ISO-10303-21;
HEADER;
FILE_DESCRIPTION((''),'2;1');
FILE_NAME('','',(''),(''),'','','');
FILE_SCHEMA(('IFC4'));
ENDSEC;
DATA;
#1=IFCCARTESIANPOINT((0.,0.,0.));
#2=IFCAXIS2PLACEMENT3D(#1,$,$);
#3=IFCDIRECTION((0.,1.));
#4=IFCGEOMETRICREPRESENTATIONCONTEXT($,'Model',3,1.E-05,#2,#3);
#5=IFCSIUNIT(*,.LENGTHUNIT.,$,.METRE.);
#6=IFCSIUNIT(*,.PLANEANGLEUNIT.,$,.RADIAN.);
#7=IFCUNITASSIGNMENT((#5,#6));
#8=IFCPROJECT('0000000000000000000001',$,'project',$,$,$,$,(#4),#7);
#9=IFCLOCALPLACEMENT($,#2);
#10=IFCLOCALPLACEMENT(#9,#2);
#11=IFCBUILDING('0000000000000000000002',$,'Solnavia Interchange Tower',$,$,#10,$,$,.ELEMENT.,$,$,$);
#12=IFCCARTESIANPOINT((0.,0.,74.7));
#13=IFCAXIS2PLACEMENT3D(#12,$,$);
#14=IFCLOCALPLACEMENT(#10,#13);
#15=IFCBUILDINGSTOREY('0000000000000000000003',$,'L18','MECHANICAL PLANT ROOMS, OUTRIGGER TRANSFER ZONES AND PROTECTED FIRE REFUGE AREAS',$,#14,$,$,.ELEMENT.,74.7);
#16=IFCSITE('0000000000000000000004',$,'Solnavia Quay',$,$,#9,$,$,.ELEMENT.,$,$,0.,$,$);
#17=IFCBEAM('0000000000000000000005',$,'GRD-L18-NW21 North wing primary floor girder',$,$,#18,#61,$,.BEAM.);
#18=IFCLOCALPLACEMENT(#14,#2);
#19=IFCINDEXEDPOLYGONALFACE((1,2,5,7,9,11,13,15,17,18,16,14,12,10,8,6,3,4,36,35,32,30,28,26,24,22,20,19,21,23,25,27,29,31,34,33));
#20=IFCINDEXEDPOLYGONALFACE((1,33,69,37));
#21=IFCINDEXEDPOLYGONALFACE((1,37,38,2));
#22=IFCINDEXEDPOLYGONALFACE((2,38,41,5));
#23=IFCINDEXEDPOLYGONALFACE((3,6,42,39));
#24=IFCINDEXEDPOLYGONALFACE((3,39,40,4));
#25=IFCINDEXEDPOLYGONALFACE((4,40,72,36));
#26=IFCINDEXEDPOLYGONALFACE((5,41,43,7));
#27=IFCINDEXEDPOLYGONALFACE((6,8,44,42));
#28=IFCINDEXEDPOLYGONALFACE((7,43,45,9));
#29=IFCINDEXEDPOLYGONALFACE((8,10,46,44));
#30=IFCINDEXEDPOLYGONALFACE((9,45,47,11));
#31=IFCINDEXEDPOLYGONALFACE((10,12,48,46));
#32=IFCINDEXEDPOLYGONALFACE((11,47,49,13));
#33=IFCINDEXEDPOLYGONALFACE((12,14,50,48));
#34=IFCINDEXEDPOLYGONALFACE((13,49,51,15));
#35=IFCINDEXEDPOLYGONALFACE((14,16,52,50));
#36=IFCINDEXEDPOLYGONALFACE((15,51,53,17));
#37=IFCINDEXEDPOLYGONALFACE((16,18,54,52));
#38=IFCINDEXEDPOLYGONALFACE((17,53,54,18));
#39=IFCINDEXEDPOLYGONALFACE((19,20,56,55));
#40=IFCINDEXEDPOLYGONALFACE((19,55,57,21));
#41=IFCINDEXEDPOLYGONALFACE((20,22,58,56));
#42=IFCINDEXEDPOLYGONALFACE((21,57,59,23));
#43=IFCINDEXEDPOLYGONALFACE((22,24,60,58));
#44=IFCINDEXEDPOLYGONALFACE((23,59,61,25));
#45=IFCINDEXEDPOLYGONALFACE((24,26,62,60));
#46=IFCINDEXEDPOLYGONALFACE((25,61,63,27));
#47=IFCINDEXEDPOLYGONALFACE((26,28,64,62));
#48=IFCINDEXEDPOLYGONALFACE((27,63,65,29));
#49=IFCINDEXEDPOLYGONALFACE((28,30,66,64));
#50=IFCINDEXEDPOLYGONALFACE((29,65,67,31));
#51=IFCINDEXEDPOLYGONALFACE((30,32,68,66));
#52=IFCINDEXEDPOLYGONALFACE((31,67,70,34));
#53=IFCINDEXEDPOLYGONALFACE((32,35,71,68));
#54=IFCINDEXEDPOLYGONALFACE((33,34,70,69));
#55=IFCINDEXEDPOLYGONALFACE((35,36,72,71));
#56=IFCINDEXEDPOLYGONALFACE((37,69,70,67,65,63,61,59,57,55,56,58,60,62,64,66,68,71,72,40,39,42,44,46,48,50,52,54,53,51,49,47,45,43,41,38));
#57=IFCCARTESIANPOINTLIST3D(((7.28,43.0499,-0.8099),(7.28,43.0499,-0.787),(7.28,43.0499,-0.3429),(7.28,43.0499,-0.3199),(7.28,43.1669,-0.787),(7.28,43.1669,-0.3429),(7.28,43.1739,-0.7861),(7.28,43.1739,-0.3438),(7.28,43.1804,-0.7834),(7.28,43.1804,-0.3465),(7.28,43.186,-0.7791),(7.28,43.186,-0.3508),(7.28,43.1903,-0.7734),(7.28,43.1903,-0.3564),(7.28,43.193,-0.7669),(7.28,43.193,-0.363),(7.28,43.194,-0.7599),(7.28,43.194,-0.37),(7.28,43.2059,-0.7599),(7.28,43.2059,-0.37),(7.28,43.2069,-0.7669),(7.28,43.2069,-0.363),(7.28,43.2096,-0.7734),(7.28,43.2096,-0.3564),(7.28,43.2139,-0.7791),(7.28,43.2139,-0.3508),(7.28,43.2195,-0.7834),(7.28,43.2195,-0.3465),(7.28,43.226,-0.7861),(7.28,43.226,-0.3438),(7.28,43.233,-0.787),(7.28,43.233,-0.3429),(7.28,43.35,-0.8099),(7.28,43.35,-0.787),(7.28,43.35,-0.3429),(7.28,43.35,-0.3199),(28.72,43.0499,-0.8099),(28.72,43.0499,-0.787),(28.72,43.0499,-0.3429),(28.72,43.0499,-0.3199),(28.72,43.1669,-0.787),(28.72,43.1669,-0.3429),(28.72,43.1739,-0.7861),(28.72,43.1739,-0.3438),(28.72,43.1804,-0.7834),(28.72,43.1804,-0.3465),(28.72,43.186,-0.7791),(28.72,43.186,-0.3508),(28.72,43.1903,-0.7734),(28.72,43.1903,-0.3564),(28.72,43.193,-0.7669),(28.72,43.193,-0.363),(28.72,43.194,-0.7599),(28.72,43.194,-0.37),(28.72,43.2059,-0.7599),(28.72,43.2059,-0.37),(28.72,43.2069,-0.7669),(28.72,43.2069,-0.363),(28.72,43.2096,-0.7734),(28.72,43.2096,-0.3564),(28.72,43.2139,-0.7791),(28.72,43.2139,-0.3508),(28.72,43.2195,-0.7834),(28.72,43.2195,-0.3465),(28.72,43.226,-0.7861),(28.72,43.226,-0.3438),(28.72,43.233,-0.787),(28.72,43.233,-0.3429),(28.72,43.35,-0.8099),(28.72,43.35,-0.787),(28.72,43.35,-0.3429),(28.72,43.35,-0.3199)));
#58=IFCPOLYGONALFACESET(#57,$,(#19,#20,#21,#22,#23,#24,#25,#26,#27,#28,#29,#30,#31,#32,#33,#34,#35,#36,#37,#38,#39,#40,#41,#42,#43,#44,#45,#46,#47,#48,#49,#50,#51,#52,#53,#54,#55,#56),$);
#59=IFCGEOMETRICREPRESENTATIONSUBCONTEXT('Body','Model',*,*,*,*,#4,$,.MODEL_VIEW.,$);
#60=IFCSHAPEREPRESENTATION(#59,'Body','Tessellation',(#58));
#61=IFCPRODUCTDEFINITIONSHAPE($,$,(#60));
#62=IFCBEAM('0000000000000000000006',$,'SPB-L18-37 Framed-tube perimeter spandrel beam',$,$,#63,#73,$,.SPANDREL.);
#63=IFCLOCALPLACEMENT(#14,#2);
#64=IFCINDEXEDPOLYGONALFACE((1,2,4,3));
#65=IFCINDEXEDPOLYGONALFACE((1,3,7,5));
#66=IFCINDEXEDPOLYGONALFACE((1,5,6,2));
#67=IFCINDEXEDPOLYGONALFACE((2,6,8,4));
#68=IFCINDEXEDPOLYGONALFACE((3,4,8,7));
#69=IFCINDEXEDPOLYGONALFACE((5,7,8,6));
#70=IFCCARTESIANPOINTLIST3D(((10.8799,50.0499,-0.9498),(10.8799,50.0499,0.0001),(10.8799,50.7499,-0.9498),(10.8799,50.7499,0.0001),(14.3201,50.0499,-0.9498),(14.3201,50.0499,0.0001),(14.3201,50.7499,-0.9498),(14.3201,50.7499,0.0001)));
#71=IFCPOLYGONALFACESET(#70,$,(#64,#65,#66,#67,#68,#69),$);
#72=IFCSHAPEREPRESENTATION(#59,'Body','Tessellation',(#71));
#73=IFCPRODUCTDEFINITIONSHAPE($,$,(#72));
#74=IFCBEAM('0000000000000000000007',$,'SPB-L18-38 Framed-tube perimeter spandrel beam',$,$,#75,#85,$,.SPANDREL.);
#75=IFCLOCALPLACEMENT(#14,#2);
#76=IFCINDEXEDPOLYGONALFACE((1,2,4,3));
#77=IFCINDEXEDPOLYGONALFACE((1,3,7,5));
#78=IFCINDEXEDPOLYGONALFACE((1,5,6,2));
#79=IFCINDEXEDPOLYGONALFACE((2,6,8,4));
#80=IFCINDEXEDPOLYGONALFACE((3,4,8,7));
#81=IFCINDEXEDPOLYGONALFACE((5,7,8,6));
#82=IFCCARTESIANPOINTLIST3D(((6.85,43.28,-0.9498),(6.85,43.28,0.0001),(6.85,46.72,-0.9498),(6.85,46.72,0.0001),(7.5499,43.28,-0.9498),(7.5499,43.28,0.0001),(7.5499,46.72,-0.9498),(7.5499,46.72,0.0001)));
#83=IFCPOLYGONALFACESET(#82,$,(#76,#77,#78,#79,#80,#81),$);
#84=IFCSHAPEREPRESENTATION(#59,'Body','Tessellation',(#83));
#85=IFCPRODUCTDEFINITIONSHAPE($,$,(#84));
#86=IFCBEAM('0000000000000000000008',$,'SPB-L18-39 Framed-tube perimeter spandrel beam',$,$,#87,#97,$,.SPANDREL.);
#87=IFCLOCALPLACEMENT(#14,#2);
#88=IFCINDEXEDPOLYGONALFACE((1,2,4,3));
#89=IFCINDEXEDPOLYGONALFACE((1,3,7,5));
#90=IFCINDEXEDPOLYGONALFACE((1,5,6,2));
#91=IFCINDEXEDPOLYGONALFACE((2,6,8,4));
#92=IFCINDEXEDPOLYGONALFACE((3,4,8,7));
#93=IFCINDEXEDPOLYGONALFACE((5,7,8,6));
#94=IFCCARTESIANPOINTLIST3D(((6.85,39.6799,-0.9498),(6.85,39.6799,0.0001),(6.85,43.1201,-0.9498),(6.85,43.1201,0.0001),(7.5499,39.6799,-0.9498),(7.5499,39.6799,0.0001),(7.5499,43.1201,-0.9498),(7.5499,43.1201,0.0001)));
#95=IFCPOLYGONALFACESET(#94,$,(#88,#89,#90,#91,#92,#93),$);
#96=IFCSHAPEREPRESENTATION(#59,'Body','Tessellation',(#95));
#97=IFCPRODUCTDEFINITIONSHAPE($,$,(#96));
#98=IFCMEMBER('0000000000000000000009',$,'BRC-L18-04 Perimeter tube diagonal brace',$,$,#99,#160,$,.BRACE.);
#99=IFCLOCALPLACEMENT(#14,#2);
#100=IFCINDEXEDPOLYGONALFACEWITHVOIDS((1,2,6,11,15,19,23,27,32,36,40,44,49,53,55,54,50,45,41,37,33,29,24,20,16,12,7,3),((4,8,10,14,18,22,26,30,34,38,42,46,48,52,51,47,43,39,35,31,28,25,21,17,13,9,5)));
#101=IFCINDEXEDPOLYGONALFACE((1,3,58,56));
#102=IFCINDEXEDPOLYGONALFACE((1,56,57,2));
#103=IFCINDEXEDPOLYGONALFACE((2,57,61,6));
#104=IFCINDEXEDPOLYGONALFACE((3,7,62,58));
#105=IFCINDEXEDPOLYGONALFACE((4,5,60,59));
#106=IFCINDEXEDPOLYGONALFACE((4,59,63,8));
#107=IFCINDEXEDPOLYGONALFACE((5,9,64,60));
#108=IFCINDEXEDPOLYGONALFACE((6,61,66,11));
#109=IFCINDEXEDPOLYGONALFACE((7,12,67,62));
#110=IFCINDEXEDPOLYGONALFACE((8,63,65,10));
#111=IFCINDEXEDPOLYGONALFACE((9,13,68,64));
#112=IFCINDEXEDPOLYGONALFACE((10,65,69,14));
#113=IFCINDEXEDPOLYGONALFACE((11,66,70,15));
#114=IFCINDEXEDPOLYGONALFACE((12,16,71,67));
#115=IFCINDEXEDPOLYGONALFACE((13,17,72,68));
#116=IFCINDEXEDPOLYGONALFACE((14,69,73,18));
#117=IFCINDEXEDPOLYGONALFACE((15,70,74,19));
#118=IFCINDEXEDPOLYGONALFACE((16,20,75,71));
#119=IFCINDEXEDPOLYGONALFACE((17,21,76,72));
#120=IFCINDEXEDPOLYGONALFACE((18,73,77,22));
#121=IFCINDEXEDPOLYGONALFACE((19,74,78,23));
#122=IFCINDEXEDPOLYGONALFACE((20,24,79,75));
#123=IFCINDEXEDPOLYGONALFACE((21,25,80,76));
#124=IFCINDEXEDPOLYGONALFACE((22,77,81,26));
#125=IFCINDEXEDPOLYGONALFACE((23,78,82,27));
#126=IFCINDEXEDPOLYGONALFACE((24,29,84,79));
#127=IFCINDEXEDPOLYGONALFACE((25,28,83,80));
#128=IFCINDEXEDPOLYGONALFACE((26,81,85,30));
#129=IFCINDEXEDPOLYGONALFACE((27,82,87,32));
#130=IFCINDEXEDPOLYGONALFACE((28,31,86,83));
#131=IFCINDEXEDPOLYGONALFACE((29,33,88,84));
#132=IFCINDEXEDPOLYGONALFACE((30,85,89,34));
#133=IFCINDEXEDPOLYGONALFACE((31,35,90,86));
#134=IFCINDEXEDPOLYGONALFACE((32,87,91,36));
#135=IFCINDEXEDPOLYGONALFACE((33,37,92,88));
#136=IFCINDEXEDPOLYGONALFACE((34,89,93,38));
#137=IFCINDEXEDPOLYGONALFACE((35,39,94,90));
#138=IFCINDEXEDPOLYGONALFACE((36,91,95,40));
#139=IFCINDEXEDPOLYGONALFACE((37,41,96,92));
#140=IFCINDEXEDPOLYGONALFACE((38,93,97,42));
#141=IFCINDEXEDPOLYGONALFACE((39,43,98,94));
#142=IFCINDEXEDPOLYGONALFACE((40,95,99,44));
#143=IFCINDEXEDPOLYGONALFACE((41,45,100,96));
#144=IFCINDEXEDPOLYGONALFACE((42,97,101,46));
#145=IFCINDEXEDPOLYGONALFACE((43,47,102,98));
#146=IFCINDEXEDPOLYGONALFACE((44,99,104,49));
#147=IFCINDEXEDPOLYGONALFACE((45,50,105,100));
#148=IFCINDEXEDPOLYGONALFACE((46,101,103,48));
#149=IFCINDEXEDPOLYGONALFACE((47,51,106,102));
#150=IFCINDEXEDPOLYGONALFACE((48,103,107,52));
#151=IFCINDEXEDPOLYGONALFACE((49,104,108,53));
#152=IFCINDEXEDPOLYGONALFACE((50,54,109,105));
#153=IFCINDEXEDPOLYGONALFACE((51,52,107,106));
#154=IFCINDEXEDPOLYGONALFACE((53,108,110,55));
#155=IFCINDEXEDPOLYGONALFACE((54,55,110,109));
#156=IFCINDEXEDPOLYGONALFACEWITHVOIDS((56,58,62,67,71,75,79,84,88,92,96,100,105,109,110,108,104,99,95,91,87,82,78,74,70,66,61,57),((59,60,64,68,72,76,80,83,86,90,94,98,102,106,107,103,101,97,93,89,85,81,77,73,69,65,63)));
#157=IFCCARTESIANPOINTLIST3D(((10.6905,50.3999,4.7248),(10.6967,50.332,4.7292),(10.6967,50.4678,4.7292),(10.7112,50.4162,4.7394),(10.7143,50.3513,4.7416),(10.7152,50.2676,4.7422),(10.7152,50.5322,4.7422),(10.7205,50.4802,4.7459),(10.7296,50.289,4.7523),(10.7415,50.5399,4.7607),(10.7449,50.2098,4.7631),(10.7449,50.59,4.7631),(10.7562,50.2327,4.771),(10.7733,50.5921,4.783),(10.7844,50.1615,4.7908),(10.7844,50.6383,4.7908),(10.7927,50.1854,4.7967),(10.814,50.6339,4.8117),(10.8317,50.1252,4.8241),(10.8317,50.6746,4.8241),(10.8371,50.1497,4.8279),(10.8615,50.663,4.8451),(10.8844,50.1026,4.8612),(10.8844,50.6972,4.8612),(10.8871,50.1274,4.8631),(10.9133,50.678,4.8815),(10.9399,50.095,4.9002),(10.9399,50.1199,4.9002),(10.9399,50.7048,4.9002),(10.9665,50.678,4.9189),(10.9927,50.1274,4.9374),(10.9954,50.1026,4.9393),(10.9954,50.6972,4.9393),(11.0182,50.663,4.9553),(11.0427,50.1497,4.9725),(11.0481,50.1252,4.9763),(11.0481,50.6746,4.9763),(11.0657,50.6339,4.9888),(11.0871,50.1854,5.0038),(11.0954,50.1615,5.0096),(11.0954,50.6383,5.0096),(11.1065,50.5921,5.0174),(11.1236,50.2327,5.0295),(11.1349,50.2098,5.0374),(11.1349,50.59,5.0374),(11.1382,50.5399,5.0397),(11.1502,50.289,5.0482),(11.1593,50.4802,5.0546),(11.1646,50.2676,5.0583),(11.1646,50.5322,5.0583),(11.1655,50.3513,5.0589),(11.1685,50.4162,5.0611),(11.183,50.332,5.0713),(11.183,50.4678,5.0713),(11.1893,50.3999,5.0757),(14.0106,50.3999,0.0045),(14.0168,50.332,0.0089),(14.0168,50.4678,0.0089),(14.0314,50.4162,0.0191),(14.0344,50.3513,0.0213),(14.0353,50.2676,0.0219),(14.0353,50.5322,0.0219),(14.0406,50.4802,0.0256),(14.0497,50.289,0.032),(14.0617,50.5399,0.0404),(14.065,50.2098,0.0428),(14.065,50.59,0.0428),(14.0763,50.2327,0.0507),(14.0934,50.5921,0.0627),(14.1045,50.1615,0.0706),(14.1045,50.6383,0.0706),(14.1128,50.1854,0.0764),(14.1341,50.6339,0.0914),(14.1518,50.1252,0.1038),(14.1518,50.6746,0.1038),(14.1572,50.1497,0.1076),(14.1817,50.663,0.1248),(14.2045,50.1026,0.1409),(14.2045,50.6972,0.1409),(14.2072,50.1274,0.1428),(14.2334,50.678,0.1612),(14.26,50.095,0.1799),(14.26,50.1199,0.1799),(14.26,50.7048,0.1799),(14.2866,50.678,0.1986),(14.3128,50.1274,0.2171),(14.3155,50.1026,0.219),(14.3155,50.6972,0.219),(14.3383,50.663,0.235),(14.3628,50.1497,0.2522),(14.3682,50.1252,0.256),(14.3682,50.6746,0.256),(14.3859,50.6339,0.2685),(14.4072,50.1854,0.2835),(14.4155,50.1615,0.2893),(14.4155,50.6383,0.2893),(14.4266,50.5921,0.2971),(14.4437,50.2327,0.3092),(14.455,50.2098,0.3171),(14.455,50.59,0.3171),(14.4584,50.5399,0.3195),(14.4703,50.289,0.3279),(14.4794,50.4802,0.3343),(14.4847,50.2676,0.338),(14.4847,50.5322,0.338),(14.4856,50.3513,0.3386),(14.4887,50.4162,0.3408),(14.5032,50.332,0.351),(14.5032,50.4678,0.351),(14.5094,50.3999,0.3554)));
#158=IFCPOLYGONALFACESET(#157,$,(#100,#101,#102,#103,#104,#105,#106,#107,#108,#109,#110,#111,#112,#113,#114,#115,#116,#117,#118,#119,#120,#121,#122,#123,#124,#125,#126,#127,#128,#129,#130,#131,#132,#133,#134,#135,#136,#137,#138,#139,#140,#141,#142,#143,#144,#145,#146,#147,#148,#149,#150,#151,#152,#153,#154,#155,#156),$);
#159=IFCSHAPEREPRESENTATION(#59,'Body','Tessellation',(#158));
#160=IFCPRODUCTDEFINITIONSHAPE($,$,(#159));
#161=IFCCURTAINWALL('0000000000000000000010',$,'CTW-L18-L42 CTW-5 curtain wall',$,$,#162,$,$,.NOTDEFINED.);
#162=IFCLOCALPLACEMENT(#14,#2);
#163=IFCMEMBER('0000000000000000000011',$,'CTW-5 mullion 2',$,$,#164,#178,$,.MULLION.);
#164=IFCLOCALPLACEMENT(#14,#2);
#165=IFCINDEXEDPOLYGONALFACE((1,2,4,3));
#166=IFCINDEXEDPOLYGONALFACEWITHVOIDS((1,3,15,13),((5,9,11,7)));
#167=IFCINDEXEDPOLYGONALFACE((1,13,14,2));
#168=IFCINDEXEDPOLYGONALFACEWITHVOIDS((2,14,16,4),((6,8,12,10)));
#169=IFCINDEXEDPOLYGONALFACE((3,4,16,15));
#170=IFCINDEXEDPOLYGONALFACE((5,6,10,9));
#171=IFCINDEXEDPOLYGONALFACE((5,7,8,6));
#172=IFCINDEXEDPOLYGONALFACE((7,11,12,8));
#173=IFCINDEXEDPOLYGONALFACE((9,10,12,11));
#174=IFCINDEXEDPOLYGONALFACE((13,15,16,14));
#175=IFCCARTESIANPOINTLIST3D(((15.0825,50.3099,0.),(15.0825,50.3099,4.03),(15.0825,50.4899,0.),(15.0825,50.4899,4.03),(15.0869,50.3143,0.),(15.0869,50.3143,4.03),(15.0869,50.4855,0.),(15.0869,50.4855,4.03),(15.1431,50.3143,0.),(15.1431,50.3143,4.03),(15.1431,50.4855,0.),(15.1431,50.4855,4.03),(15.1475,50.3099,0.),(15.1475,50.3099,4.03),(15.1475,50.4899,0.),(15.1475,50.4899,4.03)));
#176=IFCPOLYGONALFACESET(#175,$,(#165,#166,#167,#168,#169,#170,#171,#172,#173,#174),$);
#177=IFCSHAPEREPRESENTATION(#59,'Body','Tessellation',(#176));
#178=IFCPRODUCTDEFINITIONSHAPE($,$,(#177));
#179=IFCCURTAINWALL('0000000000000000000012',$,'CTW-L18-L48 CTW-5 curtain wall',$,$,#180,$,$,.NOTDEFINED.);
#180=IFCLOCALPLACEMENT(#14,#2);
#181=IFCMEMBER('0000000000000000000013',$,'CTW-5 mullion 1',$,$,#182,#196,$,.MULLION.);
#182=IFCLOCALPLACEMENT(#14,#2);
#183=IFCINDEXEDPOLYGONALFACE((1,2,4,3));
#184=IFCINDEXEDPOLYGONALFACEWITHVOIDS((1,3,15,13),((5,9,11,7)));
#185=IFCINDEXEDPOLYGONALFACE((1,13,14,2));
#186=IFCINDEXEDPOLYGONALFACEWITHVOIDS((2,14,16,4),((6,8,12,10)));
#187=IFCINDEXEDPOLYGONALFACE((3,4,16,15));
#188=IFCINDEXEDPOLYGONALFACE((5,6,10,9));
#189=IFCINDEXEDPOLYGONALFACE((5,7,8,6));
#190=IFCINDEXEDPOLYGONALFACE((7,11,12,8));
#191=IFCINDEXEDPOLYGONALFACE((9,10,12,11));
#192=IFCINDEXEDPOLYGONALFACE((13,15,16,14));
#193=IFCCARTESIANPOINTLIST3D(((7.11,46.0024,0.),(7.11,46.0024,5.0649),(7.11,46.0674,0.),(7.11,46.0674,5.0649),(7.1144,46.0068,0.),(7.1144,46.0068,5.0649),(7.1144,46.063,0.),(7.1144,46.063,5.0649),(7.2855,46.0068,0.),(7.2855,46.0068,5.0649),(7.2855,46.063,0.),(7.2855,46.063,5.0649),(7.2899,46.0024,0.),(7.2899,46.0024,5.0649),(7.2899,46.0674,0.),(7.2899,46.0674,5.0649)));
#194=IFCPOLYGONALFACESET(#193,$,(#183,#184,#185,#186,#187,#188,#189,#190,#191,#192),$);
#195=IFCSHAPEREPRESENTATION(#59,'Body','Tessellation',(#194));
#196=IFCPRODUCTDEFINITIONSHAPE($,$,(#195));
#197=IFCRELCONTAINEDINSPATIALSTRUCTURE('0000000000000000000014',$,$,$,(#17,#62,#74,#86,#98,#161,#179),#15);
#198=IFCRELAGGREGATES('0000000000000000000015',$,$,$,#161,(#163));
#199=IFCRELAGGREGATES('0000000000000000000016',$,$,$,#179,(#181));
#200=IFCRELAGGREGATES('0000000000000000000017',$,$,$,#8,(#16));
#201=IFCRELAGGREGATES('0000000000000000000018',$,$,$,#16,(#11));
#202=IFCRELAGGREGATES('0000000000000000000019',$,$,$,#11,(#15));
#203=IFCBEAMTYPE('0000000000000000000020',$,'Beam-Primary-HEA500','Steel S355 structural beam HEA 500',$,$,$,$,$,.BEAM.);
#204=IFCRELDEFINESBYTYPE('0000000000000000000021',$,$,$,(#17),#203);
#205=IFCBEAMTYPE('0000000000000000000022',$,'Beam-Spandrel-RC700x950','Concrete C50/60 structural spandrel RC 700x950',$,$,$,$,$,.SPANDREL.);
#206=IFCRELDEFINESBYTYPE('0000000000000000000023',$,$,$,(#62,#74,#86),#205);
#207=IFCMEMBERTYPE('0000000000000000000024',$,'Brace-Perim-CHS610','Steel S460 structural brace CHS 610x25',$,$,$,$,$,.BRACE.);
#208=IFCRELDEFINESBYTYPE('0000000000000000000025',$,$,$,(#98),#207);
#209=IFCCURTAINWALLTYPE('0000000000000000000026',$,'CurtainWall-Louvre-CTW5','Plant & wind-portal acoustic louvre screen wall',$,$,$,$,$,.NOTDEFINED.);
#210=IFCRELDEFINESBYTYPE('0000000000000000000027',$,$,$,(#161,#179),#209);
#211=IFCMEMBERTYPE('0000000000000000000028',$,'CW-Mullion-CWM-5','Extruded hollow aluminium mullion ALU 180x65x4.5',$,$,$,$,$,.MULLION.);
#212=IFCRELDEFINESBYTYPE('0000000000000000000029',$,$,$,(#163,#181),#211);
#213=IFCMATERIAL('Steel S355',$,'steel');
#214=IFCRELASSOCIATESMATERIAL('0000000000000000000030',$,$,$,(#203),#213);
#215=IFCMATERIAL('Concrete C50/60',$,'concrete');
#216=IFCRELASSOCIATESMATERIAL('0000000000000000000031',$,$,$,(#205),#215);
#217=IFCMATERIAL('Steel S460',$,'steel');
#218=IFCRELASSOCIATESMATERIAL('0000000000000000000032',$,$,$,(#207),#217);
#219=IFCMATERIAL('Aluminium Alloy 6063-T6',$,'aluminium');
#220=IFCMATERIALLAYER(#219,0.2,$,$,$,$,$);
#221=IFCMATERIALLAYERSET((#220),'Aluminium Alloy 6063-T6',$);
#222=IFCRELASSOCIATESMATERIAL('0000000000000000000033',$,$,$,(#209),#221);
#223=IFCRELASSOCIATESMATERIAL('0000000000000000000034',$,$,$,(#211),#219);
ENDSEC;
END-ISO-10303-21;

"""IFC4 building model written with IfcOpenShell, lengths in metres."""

from ifc_helpers import new_model, si_unit, direction, frame, origin, origin_2d, place, context, subcontext, project, spatial, rectangle, hollow_rectangle, hollow_circle, i_section, extrude, material, layer, layer_set, material_profile, profile_set, type_object, element, aggregate, save


model = new_model("IFC4")

# Units and contexts
model_context = context("Model", 3, precision=1e-05, world=origin(), true_north=direction((0.0, 1.0)))
body_context = subcontext(model_context, "Body", "Model", "MODEL_VIEW")
ifc_project = project(units=[si_unit("LENGTHUNIT", "METRE"), si_unit("PLANEANGLEUNIT", "RADIAN")], contexts=[model_context])

# Site, building, storey
site_placement = place(None, origin())
site = spatial("IfcSite", under=ifc_project, at=site_placement, Name="Solnavia Quay", CompositionType="ELEMENT", RefElevation=0.0)
building_placement = place(site_placement, origin())
building = spatial("IfcBuilding", under=site, at=building_placement, Name="Solnavia Interchange Tower", CompositionType="ELEMENT")
storey_placement = place(building_placement, frame((0.0, 0.0, 74.7)))
storey = spatial("IfcBuildingStorey", under=building, at=storey_placement, Name="L18", Description="MECHANICAL PLANT ROOMS, OUTRIGGER TRANSFER ZONES AND PROTECTED FIRE REFUGE AREAS", CompositionType="ELEMENT", Elevation=74.7)

# Beams
ifc_material_1 = material(Name="Steel S355", Category="steel")
ifc_material_profile_1 = material_profile(ifc_material_1, i_section(OverallWidth=0.3, OverallDepth=0.49, WebThickness=0.012, FlangeThickness=0.0229, FilletRadius=0.0271, at=origin_2d()), Name="HEA 500")
ifc_profile_set_1 = profile_set([ifc_material_profile_1], Name="Steel S355")
beam_type_1 = type_object("IfcBeamType", Name="Beam-Primary-HEA500", Description="Steel S355 structural beam HEA 500", PredefinedType="BEAM", material=ifc_profile_set_1)
beam_1_placement = place(storey_placement, frame((7.28, 43.2, -0.5649), z_axis=(1.0, 0.0, 0.0), x_axis=(0.0, 1.0, 0.0)))
element("IfcBeam", 1, at=beam_1_placement, inside=storey, type_object=beam_type_1, Name="GRD-L18-NW21 North wing primary floor girder", PredefinedType="BEAM", context=body_context, shape_type="SweptSolid", body=[
    extrude(i_section(OverallWidth=0.3, OverallDepth=0.49, WebThickness=0.012, FlangeThickness=0.0229, FilletRadius=0.0271, at=origin_2d()), origin(), (0.0, 0.0, 1.0), 21.4399),
])
ifc_material_2 = material(Name="Concrete C50/60", Category="concrete")
ifc_material_profile_2 = material_profile(ifc_material_2, rectangle(XDim=0.7, YDim=0.95, at=origin_2d()), Name="RC 700x950")
ifc_profile_set_2 = profile_set([ifc_material_profile_2], Name="Concrete C50/60")
beam_type_2 = type_object("IfcBeamType", Name="Beam-Spandrel-RC700x950", Description="Concrete C50/60 structural spandrel RC 700x950", PredefinedType="SPANDREL", material=ifc_profile_set_2)
beam_2_placement = place(storey_placement, frame((14.3201, 50.3999, -0.4749), z_axis=(-1.0, 0.0, 0.0), x_axis=(0.0, -1.0, 0.0)))
element("IfcBeam", 2, at=beam_2_placement, inside=storey, type_object=beam_type_2, Name="SPB-L18-37 Framed-tube perimeter spandrel beam", PredefinedType="SPANDREL", context=body_context, shape_type="SweptSolid", body=[
    extrude(rectangle(XDim=0.7, YDim=0.95, at=origin_2d()), origin(), (0.0, 0.0, 1.0), 3.4402),
])
beam_3_placement = place(storey_placement, frame((7.2, 46.72, -0.4749), z_axis=(0.0, -1.0, 0.0), x_axis=(1.0, 0.0, 0.0)))
element("IfcBeam", 3, at=beam_3_placement, inside=storey, type_object=beam_type_2, Name="SPB-L18-38 Framed-tube perimeter spandrel beam", PredefinedType="SPANDREL", context=body_context, shape_type="SweptSolid", body=[
    extrude(rectangle(XDim=0.7, YDim=0.95, at=origin_2d()), origin(), (0.0, 0.0, 1.0), 3.4399),
])
beam_4_placement = place(storey_placement, frame((7.2, 43.1201, -0.4749), z_axis=(0.0, -1.0, 0.0), x_axis=(1.0, 0.0, 0.0)))
element("IfcBeam", 4, at=beam_4_placement, inside=storey, type_object=beam_type_2, Name="SPB-L18-39 Framed-tube perimeter spandrel beam", PredefinedType="SPANDREL", context=body_context, shape_type="SweptSolid", body=[
    extrude(rectangle(XDim=0.7, YDim=0.95, at=origin_2d()), origin(), (0.0, 0.0, 1.0), 3.4402),
])

# Member
ifc_material_3 = material(Name="Steel S460", Category="steel")
ifc_material_profile_3 = material_profile(ifc_material_3, hollow_circle(Radius=0.3049, WallThickness=0.0249, at=origin_2d()), Name="CHS 610x25")
ifc_profile_set_3 = profile_set([ifc_material_profile_3], Name="Steel S460")
member_type_1 = type_object("IfcMemberType", Name="Brace-Perim-CHS610", Description="Steel S460 structural brace CHS 610x25", PredefinedType="BRACE", material=ifc_profile_set_3)
member_1_placement = place(storey_placement, frame((14.26, 50.3999, 0.1799), z_axis=(-0.575312, 0.0, 0.817934), x_axis=(0.0, -1.0, 0.0)))
element("IfcMember", 5, at=member_1_placement, inside=storey, type_object=member_type_1, Name="BRC-L18-04 Perimeter tube diagonal brace", PredefinedType="BRACE", context=body_context, shape_type="SweptSolid", body=[
    extrude(hollow_circle(Radius=0.3049, WallThickness=0.0249, at=origin_2d()), origin(), (0.0, 0.0, 1.0), 5.771),
])

# Curtain wall, member
ifc_material_4 = material(Name="Aluminium Alloy 6063-T6", Category="aluminium")
ifc_layer_1 = layer(ifc_material_4, 0.2)
ifc_layer_set_1 = layer_set([ifc_layer_1], Name="Aluminium Alloy 6063-T6")
curtain_wall_type = type_object("IfcCurtainWallType", Name="CurtainWall-Louvre-CTW5", Description="Plant & wind-portal acoustic louvre screen wall", PredefinedType="NOTDEFINED", material=ifc_layer_set_1)
curtain_wall_1_placement = place(storey_placement, origin())
curtain_wall_1 = element("IfcCurtainWall", 6, at=curtain_wall_1_placement, inside=storey, type_object=curtain_wall_type, Name="CTW-L18-L42 CTW-5 curtain wall", PredefinedType="NOTDEFINED")
ifc_material_profile_4 = material_profile(ifc_material_4, hollow_rectangle(XDim=0.0649, YDim=0.1799, WallThickness=0.0044, at=origin_2d()), Name="ALU 180x65x4.5")
ifc_profile_set_4 = profile_set([ifc_material_profile_4], Name="Aluminium Alloy 6063-T6")
member_type_2 = type_object("IfcMemberType", Name="CW-Mullion-CWM-5", Description="Extruded hollow aluminium mullion ALU 180x65x4.5", PredefinedType="MULLION", material=ifc_profile_set_4)
member_2_placement = place(storey_placement, frame((15.115, 50.3999, 0.0), z_axis=(0.0, 0.0, 1.0), x_axis=(-1.0, 0.0, 0.0)))
member_2 = element("IfcMember", 7, at=member_2_placement, type_object=member_type_2, Name="CTW-5 mullion 2", PredefinedType="MULLION", context=body_context, shape_type="SweptSolid", body=[
    extrude(hollow_rectangle(XDim=0.0649, YDim=0.1799, WallThickness=0.0044, at=origin_2d()), origin(), (0.0, 0.0, 1.0), 4.03),
])

# Curtain wall, member
curtain_wall_2_placement = place(storey_placement, origin())
curtain_wall_2 = element("IfcCurtainWall", 8, at=curtain_wall_2_placement, inside=storey, type_object=curtain_wall_type, Name="CTW-L18-L48 CTW-5 curtain wall", PredefinedType="NOTDEFINED")
member_3_placement = place(storey_placement, frame((7.2, 46.0349, 0.0), z_axis=(0.0, 0.0, 1.0), x_axis=(0.0, -1.0, 0.0)))
member_3 = element("IfcMember", 9, at=member_3_placement, type_object=member_type_2, Name="CTW-5 mullion 1", PredefinedType="MULLION", context=body_context, shape_type="SweptSolid", body=[
    extrude(hollow_rectangle(XDim=0.0649, YDim=0.1799, WallThickness=0.0044, at=origin_2d()), origin(), (0.0, 0.0, 1.0), 5.0649),
])

aggregate(curtain_wall_1, [member_2])
aggregate(curtain_wall_2, [member_3])

save(model, "model.ifc")
